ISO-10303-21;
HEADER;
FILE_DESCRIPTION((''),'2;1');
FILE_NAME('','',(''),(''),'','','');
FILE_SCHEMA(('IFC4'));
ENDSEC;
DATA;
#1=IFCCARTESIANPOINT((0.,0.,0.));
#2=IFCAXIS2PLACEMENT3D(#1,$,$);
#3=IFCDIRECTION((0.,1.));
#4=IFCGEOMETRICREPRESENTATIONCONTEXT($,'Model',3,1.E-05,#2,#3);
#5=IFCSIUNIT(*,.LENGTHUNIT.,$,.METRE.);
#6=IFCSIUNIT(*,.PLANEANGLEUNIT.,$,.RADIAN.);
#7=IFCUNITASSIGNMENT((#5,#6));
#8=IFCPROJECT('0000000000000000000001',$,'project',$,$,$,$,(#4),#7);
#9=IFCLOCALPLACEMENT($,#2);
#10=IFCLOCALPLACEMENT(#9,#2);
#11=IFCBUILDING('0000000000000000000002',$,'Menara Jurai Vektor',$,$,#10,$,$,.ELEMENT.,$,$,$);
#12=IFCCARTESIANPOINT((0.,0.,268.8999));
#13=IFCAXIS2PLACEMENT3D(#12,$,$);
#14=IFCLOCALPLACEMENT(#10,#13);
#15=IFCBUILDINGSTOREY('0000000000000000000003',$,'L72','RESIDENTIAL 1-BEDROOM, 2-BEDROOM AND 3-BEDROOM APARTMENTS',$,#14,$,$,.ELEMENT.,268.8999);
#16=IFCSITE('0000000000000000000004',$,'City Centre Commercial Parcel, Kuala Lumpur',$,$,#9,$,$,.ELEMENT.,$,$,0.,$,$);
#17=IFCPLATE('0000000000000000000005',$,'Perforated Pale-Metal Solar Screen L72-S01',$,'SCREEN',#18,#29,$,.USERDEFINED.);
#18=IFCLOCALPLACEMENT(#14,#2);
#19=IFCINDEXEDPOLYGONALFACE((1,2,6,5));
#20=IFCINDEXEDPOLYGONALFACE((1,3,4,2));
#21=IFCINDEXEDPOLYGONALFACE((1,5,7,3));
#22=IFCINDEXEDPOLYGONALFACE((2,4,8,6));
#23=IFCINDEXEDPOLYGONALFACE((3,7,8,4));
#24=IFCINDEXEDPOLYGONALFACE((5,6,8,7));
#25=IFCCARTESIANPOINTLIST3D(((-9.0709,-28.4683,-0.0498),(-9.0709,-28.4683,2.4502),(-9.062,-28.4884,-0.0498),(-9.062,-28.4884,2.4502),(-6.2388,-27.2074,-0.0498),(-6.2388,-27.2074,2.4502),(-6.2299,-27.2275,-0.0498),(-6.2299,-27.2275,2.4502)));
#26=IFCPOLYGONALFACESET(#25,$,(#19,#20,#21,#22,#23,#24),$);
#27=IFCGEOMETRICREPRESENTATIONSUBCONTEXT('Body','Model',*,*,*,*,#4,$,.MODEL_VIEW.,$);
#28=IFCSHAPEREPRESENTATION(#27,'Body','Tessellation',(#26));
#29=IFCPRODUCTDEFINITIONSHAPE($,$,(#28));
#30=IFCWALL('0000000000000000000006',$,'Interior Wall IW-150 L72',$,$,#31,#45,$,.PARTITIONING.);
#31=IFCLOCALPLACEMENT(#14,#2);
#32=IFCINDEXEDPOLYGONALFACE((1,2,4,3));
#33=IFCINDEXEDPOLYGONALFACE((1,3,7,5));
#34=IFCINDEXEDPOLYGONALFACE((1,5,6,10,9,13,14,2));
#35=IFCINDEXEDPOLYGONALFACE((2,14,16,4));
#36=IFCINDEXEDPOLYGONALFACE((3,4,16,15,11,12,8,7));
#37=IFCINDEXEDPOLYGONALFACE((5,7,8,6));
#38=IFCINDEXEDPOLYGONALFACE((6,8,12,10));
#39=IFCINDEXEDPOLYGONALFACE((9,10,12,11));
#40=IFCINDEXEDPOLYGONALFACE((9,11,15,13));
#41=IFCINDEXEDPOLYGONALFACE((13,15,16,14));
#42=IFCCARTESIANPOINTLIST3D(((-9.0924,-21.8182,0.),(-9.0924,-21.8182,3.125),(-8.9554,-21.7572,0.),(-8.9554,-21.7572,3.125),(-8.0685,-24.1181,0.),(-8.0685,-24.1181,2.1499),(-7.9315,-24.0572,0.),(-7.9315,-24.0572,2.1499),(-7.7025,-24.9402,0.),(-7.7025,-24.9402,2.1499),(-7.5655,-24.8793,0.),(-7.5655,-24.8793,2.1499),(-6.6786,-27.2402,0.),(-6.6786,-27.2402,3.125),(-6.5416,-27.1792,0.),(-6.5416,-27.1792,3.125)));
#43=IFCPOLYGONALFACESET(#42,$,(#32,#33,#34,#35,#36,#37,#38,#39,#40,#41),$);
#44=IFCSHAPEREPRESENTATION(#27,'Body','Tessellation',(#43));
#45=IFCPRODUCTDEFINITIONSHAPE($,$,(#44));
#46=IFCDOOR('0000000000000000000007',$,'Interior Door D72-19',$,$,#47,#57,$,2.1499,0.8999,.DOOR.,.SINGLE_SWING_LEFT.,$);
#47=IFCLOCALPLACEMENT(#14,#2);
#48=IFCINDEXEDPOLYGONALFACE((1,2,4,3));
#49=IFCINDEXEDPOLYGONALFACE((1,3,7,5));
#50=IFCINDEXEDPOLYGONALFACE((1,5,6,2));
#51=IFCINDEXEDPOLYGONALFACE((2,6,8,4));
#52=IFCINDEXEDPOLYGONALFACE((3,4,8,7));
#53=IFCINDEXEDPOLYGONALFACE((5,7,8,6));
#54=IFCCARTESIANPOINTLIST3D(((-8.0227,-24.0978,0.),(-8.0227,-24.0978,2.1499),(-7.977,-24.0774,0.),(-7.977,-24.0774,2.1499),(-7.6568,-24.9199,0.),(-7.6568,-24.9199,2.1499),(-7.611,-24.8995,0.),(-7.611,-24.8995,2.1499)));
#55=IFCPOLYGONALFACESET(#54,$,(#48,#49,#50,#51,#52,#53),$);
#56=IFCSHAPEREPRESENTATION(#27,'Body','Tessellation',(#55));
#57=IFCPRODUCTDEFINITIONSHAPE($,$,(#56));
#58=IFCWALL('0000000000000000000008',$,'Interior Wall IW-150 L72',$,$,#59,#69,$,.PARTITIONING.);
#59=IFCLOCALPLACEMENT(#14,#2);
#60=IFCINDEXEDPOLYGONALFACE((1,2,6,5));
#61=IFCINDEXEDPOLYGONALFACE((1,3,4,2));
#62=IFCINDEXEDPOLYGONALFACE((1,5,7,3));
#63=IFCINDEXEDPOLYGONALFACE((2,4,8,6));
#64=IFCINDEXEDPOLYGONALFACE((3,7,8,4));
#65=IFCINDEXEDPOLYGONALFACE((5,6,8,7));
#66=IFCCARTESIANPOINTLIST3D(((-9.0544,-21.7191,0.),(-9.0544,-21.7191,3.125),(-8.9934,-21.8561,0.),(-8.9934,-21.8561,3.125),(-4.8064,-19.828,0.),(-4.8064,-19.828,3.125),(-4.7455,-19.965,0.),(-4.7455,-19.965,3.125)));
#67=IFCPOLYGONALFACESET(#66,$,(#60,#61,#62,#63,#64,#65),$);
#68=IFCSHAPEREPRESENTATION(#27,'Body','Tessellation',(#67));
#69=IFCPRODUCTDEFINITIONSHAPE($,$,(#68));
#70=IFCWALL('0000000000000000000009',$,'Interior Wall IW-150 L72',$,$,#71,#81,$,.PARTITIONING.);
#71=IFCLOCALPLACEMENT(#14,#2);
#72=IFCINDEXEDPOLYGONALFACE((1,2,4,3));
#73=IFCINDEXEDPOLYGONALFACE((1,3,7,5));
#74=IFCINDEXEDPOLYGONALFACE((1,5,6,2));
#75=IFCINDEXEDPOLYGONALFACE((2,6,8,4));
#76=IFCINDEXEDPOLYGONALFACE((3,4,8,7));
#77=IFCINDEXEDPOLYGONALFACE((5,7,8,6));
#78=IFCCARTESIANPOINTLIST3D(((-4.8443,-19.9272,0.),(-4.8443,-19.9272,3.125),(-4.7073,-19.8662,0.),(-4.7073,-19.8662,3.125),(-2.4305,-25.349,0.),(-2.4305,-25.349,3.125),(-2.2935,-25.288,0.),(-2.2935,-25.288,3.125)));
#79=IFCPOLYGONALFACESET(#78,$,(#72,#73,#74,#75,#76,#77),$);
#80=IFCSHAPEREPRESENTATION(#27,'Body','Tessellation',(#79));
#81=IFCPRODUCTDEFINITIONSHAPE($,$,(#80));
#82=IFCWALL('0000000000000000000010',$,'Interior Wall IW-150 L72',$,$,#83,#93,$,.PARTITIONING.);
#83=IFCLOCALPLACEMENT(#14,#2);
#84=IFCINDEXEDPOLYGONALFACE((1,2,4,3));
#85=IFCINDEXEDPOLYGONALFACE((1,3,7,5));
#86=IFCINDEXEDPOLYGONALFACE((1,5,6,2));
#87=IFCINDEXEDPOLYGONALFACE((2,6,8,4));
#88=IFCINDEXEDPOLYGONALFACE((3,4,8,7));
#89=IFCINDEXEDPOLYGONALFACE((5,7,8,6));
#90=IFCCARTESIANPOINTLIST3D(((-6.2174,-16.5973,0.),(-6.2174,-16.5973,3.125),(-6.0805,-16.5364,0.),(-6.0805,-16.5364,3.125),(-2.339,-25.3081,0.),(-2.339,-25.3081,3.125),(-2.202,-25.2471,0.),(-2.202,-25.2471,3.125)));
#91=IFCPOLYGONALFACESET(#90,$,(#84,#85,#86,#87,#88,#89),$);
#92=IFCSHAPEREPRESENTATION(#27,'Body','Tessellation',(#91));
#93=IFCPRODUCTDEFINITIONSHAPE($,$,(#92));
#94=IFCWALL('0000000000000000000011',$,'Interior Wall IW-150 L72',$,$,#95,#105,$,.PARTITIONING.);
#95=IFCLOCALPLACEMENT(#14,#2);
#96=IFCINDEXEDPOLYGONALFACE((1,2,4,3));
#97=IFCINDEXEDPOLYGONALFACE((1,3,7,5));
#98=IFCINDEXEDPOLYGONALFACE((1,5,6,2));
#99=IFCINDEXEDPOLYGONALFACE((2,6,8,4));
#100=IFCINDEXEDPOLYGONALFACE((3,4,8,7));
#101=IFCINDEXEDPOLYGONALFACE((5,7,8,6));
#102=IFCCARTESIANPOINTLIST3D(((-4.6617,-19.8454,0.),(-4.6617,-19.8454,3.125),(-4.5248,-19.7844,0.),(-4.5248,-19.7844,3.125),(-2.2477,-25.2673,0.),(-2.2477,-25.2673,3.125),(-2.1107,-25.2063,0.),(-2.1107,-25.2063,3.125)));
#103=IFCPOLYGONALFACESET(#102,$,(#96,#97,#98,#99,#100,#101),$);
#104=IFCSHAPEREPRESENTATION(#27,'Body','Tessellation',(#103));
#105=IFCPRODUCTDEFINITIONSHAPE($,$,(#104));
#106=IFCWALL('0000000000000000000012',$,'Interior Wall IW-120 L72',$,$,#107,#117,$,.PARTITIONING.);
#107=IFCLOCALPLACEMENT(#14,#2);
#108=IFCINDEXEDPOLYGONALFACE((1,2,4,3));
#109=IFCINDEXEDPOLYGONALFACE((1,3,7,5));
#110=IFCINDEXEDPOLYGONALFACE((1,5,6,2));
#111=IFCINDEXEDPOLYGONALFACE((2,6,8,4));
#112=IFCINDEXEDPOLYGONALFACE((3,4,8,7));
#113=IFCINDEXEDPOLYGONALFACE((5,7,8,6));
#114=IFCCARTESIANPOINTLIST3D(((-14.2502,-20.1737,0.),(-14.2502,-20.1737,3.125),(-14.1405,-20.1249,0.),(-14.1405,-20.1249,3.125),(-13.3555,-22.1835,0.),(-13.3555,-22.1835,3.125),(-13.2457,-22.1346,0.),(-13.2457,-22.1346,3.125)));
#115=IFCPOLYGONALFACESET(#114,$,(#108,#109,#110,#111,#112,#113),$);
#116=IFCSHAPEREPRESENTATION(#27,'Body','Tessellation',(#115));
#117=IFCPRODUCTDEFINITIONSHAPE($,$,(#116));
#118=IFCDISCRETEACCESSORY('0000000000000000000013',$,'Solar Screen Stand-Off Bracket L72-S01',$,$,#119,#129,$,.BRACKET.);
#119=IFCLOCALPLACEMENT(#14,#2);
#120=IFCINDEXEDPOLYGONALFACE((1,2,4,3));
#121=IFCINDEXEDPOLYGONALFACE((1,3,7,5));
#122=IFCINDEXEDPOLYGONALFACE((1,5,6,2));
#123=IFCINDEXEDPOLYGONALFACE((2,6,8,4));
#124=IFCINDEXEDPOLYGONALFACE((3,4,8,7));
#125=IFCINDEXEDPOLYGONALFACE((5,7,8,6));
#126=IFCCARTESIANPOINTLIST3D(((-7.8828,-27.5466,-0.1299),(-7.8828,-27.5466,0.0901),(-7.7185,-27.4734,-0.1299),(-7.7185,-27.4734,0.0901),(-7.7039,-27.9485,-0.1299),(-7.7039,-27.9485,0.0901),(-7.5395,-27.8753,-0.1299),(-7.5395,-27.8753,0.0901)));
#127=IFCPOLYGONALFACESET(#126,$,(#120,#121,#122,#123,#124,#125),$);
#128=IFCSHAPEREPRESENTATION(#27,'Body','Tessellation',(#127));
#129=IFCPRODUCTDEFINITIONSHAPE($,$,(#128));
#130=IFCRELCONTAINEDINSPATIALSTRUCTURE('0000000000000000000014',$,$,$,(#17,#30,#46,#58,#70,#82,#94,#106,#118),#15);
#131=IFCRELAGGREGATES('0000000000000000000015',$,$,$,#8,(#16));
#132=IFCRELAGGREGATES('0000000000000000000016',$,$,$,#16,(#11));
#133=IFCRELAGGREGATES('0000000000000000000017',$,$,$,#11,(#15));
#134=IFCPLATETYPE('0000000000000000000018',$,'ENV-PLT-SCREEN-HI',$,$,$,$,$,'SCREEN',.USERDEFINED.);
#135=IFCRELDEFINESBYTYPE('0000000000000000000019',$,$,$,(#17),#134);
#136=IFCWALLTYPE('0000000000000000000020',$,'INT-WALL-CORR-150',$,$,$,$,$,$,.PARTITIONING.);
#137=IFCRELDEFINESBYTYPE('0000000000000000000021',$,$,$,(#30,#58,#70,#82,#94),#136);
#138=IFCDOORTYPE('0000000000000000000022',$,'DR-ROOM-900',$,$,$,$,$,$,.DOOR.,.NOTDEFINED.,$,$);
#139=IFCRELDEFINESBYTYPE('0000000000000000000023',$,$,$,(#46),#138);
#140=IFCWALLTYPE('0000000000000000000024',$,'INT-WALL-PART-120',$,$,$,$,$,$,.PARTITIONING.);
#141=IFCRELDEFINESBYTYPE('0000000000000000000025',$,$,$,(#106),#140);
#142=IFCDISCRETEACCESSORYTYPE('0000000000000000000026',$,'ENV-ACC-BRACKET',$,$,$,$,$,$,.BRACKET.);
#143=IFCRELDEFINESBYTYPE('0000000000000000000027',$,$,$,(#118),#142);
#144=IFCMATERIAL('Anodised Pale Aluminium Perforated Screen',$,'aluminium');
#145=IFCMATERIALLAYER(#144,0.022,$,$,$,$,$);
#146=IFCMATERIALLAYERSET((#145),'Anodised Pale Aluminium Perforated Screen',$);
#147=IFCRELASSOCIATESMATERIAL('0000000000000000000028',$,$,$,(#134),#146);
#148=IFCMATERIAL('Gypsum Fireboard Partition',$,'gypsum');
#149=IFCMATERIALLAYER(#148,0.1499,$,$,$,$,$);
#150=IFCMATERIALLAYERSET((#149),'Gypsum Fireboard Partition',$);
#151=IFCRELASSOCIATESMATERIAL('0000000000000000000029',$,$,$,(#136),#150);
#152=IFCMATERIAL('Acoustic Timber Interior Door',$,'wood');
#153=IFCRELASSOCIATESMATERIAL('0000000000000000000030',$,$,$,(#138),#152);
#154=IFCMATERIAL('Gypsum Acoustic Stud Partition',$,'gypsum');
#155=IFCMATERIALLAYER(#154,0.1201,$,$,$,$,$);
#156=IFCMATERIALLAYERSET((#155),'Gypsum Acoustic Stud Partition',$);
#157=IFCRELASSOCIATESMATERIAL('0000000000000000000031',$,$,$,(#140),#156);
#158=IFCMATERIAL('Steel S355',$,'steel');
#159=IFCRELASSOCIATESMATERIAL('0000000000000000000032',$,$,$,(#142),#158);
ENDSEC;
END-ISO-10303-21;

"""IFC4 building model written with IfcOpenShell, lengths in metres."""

from ifc_helpers import new_model, si_unit, direction, frame, frame_2d, origin, origin_2d, place, context, subcontext, project, spatial, rectangle, extrude, material, layer, layer_set, type_object, element, fill, save


model = new_model("IFC4")

# Units and contexts
model_context = context("Model", 3, precision=1e-05, world=origin(), true_north=direction((0.0, 1.0)))
body_context = subcontext(model_context, "Body", "Model", "MODEL_VIEW")
ifc_project = project(units=[si_unit("LENGTHUNIT", "METRE"), si_unit("PLANEANGLEUNIT", "RADIAN")], contexts=[model_context])

# Site, building, storey
site_placement = place(None, origin())
site = spatial("IfcSite", under=ifc_project, at=site_placement, Name="City Centre Commercial Parcel, Kuala Lumpur", CompositionType="ELEMENT", RefElevation=0.0)
building_placement = place(site_placement, origin())
building = spatial("IfcBuilding", under=site, at=building_placement, Name="Menara Jurai Vektor", CompositionType="ELEMENT")
storey_placement = place(building_placement, frame((0.0, 0.0, 268.8999)))
storey = spatial("IfcBuildingStorey", under=building, at=storey_placement, Name="L72", Description="RESIDENTIAL 1-BEDROOM, 2-BEDROOM AND 3-BEDROOM APARTMENTS", CompositionType="ELEMENT", Elevation=268.8999)

# Shared definitions
ifc_material_1 = material(Name="Steel S355", Category="steel")

# Plate
ifc_material_2 = material(Name="Anodised Pale Aluminium Perforated Screen", Category="aluminium")
ifc_layer_1 = layer(ifc_material_2, 0.022)
ifc_layer_set_1 = layer_set([ifc_layer_1], Name="Anodised Pale Aluminium Perforated Screen")
plate_type_1 = type_object("IfcPlateType", Name="ENV-PLT-SCREEN-HI", ElementType="SCREEN", PredefinedType="USERDEFINED", material=ifc_layer_set_1)
plate_1_placement = place(storey_placement, frame((-7.6504, -27.8479, -0.0498), z_axis=(0.0, 0.0, 1.0), x_axis=(0.913545, 0.406737, 0.0)))
element("IfcPlate", 1, at=plate_1_placement, inside=storey, type_object=plate_type_1, Name="Perforated Pale-Metal Solar Screen L72-S01", ObjectType="SCREEN", PredefinedType="USERDEFINED", context=body_context, shape_type="SweptSolid", body=[
    extrude(rectangle(XDim=3.1001, YDim=0.022, at=origin_2d()), origin(), (0.0, 0.0, 1.0), 2.5),
])

# Wall, opening, door
ifc_material_3 = material(Name="Gypsum Fireboard Partition", Category="gypsum")
ifc_layer_2 = layer(ifc_material_3, 0.1499)
ifc_layer_set_2 = layer_set([ifc_layer_2], Name="Gypsum Fireboard Partition")
wall_type_1 = type_object("IfcWallType", Name="INT-WALL-CORR-150", PredefinedType="PARTITIONING", material=ifc_layer_set_2)
ifc_material_4 = material(Name="Acoustic Timber Interior Door", Category="wood")
door_type = type_object("IfcDoorType", Name="DR-ROOM-900", OperationType="NOTDEFINED", PredefinedType="DOOR", material=ifc_material_4)
wall_1_placement = place(storey_placement, frame((-6.6101, -27.2097, 0.0), z_axis=(0.0, 0.0, 1.0), x_axis=(-0.406699, 0.913562, 0.0)))
wall_1 = element("IfcWall", 2, at=wall_1_placement, inside=storey, type_object=wall_type_1, Name="Interior Wall IW-150 L72", PredefinedType="PARTITIONING", context=body_context, shape_type="SweptSolid", body=[
    extrude(rectangle(XDim=5.9351, YDim=0.1499, at=frame_2d((2.9675, 0.0))), origin(), (0.0, 0.0, 1.0), 3.125),
])
opening_1_placement = place(wall_1_placement, frame((2.5176, 0.0, 0.0)))
opening_1 = element("IfcOpeningElement", 3, at=opening_1_placement, cuts=wall_1, PredefinedType="OPENING", context=body_context, shape_type="SweptSolid", body=[
    extrude(rectangle(XDim=0.8999, YDim=2.1499, at=frame_2d((0.45, 1.075))), frame((0.0, 0.085, 0.0), z_axis=(0.0, -1.0, 0.0), x_axis=(1.0, 0.0, 0.0)), (0.0, 0.0, 1.0), 0.1699),
])
door_1_placement = place(opening_1_placement, origin())
door_1 = element("IfcDoor", 4, at=door_1_placement, inside=storey, type_object=door_type, Name="Interior Door D72-19", OperationType="SINGLE_SWING_LEFT", OverallHeight=2.1499, OverallWidth=0.8999, PredefinedType="DOOR", context=body_context, shape_type="SweptSolid", body=[
    extrude(rectangle(XDim=0.8999, YDim=2.1499, at=frame_2d((0.45, 1.075))), frame((0.0, 0.0249, 0.0), z_axis=(0.0, -1.0, 0.0), x_axis=(1.0, 0.0, 0.0)), (0.0, 0.0, 1.0), 0.05),
])
fill(opening_1, door_1)

# Walls
wall_2_placement = place(storey_placement, frame((-9.0239, -21.7876, 0.0), z_axis=(0.0, 0.0, 1.0), x_axis=(0.913565, 0.406694, 0.0)))
element("IfcWall", 5, at=wall_2_placement, inside=storey, type_object=wall_type_1, Name="Interior Wall IW-150 L72", PredefinedType="PARTITIONING", context=body_context, shape_type="SweptSolid", body=[
    extrude(rectangle(XDim=4.6499, YDim=0.1499, at=frame_2d((2.325, 0.0))), origin(), (0.0, 0.0, 1.0), 3.125),
])
wall_3_placement = place(storey_placement, frame((-2.3621, -25.3184, 0.0), z_axis=(0.0, 0.0, 1.0), x_axis=(-0.406715, 0.913555, 0.0)))
element("IfcWall", 6, at=wall_3_placement, inside=storey, type_object=wall_type_1, Name="Interior Wall IW-150 L72", PredefinedType="PARTITIONING", context=body_context, shape_type="SweptSolid", body=[
    extrude(rectangle(XDim=5.9348, YDim=0.1499, at=frame_2d((2.9673, 0.0))), origin(), (0.0, 0.0, 1.0), 3.125),
])
wall_4_placement = place(storey_placement, frame((-2.2705, -25.2776, 0.0), z_axis=(0.0, 0.0, 1.0), x_axis=(-0.406751, 0.913539, 0.0)))
element("IfcWall", 7, at=wall_4_placement, inside=storey, type_object=wall_type_1, Name="Interior Wall IW-150 L72", PredefinedType="PARTITIONING", context=body_context, shape_type="SweptSolid", body=[
    extrude(rectangle(XDim=9.5352, YDim=0.1499, at=frame_2d((4.7676, 0.0))), origin(), (0.0, 0.0, 1.0), 3.125),
])
wall_5_placement = place(storey_placement, frame((-2.1792, -25.2368, 0.0), z_axis=(0.0, 0.0, 1.0), x_axis=(-0.406749, 0.91354, 0.0)))
element("IfcWall", 8, at=wall_5_placement, inside=storey, type_object=wall_type_1, Name="Interior Wall IW-150 L72", PredefinedType="PARTITIONING", context=body_context, shape_type="SweptSolid", body=[
    extrude(rectangle(XDim=5.9351, YDim=0.1499, at=frame_2d((2.9675, 0.0))), origin(), (0.0, 0.0, 1.0), 3.125),
])
ifc_material_5 = material(Name="Gypsum Acoustic Stud Partition", Category="gypsum")
ifc_layer_3 = layer(ifc_material_5, 0.1201)
ifc_layer_set_3 = layer_set([ifc_layer_3], Name="Gypsum Acoustic Stud Partition")
wall_type_2 = type_object("IfcWallType", Name="INT-WALL-PART-120", PredefinedType="PARTITIONING", material=ifc_layer_set_3)
wall_6_placement = place(storey_placement, frame((-13.3005, -22.1592, 0.0), z_axis=(0.0, 0.0, 1.0), x_axis=(-0.406725, 0.913551, 0.0)))
element("IfcWall", 9, at=wall_6_placement, inside=storey, type_object=wall_type_2, Name="Interior Wall IW-120 L72", PredefinedType="PARTITIONING", context=body_context, shape_type="SweptSolid", body=[
    extrude(rectangle(XDim=2.2, YDim=0.1201, at=frame_2d((1.1001, 0.0))), origin(), (0.0, 0.0, 1.0), 3.125),
])

# Discrete accessory
discrete_accessory_type = type_object("IfcDiscreteAccessoryType", Name="ENV-ACC-BRACKET", PredefinedType="BRACKET", material=ifc_material_1)
discrete_accessory_placement = place(storey_placement, frame((-7.7112, -27.7109, -0.1299), z_axis=(0.0, 0.0, 1.0), x_axis=(0.913545, 0.406737, 0.0)))
element("IfcDiscreteAccessory", 10, at=discrete_accessory_placement, inside=storey, type_object=discrete_accessory_type, Name="Solar Screen Stand-Off Bracket L72-S01", PredefinedType="BRACKET", context=body_context, shape_type="SweptSolid", body=[
    extrude(rectangle(XDim=0.1799, YDim=0.4399, at=origin_2d()), origin(), (0.0, 0.0, 1.0), 0.22),
])

save(model, "model.ifc")
